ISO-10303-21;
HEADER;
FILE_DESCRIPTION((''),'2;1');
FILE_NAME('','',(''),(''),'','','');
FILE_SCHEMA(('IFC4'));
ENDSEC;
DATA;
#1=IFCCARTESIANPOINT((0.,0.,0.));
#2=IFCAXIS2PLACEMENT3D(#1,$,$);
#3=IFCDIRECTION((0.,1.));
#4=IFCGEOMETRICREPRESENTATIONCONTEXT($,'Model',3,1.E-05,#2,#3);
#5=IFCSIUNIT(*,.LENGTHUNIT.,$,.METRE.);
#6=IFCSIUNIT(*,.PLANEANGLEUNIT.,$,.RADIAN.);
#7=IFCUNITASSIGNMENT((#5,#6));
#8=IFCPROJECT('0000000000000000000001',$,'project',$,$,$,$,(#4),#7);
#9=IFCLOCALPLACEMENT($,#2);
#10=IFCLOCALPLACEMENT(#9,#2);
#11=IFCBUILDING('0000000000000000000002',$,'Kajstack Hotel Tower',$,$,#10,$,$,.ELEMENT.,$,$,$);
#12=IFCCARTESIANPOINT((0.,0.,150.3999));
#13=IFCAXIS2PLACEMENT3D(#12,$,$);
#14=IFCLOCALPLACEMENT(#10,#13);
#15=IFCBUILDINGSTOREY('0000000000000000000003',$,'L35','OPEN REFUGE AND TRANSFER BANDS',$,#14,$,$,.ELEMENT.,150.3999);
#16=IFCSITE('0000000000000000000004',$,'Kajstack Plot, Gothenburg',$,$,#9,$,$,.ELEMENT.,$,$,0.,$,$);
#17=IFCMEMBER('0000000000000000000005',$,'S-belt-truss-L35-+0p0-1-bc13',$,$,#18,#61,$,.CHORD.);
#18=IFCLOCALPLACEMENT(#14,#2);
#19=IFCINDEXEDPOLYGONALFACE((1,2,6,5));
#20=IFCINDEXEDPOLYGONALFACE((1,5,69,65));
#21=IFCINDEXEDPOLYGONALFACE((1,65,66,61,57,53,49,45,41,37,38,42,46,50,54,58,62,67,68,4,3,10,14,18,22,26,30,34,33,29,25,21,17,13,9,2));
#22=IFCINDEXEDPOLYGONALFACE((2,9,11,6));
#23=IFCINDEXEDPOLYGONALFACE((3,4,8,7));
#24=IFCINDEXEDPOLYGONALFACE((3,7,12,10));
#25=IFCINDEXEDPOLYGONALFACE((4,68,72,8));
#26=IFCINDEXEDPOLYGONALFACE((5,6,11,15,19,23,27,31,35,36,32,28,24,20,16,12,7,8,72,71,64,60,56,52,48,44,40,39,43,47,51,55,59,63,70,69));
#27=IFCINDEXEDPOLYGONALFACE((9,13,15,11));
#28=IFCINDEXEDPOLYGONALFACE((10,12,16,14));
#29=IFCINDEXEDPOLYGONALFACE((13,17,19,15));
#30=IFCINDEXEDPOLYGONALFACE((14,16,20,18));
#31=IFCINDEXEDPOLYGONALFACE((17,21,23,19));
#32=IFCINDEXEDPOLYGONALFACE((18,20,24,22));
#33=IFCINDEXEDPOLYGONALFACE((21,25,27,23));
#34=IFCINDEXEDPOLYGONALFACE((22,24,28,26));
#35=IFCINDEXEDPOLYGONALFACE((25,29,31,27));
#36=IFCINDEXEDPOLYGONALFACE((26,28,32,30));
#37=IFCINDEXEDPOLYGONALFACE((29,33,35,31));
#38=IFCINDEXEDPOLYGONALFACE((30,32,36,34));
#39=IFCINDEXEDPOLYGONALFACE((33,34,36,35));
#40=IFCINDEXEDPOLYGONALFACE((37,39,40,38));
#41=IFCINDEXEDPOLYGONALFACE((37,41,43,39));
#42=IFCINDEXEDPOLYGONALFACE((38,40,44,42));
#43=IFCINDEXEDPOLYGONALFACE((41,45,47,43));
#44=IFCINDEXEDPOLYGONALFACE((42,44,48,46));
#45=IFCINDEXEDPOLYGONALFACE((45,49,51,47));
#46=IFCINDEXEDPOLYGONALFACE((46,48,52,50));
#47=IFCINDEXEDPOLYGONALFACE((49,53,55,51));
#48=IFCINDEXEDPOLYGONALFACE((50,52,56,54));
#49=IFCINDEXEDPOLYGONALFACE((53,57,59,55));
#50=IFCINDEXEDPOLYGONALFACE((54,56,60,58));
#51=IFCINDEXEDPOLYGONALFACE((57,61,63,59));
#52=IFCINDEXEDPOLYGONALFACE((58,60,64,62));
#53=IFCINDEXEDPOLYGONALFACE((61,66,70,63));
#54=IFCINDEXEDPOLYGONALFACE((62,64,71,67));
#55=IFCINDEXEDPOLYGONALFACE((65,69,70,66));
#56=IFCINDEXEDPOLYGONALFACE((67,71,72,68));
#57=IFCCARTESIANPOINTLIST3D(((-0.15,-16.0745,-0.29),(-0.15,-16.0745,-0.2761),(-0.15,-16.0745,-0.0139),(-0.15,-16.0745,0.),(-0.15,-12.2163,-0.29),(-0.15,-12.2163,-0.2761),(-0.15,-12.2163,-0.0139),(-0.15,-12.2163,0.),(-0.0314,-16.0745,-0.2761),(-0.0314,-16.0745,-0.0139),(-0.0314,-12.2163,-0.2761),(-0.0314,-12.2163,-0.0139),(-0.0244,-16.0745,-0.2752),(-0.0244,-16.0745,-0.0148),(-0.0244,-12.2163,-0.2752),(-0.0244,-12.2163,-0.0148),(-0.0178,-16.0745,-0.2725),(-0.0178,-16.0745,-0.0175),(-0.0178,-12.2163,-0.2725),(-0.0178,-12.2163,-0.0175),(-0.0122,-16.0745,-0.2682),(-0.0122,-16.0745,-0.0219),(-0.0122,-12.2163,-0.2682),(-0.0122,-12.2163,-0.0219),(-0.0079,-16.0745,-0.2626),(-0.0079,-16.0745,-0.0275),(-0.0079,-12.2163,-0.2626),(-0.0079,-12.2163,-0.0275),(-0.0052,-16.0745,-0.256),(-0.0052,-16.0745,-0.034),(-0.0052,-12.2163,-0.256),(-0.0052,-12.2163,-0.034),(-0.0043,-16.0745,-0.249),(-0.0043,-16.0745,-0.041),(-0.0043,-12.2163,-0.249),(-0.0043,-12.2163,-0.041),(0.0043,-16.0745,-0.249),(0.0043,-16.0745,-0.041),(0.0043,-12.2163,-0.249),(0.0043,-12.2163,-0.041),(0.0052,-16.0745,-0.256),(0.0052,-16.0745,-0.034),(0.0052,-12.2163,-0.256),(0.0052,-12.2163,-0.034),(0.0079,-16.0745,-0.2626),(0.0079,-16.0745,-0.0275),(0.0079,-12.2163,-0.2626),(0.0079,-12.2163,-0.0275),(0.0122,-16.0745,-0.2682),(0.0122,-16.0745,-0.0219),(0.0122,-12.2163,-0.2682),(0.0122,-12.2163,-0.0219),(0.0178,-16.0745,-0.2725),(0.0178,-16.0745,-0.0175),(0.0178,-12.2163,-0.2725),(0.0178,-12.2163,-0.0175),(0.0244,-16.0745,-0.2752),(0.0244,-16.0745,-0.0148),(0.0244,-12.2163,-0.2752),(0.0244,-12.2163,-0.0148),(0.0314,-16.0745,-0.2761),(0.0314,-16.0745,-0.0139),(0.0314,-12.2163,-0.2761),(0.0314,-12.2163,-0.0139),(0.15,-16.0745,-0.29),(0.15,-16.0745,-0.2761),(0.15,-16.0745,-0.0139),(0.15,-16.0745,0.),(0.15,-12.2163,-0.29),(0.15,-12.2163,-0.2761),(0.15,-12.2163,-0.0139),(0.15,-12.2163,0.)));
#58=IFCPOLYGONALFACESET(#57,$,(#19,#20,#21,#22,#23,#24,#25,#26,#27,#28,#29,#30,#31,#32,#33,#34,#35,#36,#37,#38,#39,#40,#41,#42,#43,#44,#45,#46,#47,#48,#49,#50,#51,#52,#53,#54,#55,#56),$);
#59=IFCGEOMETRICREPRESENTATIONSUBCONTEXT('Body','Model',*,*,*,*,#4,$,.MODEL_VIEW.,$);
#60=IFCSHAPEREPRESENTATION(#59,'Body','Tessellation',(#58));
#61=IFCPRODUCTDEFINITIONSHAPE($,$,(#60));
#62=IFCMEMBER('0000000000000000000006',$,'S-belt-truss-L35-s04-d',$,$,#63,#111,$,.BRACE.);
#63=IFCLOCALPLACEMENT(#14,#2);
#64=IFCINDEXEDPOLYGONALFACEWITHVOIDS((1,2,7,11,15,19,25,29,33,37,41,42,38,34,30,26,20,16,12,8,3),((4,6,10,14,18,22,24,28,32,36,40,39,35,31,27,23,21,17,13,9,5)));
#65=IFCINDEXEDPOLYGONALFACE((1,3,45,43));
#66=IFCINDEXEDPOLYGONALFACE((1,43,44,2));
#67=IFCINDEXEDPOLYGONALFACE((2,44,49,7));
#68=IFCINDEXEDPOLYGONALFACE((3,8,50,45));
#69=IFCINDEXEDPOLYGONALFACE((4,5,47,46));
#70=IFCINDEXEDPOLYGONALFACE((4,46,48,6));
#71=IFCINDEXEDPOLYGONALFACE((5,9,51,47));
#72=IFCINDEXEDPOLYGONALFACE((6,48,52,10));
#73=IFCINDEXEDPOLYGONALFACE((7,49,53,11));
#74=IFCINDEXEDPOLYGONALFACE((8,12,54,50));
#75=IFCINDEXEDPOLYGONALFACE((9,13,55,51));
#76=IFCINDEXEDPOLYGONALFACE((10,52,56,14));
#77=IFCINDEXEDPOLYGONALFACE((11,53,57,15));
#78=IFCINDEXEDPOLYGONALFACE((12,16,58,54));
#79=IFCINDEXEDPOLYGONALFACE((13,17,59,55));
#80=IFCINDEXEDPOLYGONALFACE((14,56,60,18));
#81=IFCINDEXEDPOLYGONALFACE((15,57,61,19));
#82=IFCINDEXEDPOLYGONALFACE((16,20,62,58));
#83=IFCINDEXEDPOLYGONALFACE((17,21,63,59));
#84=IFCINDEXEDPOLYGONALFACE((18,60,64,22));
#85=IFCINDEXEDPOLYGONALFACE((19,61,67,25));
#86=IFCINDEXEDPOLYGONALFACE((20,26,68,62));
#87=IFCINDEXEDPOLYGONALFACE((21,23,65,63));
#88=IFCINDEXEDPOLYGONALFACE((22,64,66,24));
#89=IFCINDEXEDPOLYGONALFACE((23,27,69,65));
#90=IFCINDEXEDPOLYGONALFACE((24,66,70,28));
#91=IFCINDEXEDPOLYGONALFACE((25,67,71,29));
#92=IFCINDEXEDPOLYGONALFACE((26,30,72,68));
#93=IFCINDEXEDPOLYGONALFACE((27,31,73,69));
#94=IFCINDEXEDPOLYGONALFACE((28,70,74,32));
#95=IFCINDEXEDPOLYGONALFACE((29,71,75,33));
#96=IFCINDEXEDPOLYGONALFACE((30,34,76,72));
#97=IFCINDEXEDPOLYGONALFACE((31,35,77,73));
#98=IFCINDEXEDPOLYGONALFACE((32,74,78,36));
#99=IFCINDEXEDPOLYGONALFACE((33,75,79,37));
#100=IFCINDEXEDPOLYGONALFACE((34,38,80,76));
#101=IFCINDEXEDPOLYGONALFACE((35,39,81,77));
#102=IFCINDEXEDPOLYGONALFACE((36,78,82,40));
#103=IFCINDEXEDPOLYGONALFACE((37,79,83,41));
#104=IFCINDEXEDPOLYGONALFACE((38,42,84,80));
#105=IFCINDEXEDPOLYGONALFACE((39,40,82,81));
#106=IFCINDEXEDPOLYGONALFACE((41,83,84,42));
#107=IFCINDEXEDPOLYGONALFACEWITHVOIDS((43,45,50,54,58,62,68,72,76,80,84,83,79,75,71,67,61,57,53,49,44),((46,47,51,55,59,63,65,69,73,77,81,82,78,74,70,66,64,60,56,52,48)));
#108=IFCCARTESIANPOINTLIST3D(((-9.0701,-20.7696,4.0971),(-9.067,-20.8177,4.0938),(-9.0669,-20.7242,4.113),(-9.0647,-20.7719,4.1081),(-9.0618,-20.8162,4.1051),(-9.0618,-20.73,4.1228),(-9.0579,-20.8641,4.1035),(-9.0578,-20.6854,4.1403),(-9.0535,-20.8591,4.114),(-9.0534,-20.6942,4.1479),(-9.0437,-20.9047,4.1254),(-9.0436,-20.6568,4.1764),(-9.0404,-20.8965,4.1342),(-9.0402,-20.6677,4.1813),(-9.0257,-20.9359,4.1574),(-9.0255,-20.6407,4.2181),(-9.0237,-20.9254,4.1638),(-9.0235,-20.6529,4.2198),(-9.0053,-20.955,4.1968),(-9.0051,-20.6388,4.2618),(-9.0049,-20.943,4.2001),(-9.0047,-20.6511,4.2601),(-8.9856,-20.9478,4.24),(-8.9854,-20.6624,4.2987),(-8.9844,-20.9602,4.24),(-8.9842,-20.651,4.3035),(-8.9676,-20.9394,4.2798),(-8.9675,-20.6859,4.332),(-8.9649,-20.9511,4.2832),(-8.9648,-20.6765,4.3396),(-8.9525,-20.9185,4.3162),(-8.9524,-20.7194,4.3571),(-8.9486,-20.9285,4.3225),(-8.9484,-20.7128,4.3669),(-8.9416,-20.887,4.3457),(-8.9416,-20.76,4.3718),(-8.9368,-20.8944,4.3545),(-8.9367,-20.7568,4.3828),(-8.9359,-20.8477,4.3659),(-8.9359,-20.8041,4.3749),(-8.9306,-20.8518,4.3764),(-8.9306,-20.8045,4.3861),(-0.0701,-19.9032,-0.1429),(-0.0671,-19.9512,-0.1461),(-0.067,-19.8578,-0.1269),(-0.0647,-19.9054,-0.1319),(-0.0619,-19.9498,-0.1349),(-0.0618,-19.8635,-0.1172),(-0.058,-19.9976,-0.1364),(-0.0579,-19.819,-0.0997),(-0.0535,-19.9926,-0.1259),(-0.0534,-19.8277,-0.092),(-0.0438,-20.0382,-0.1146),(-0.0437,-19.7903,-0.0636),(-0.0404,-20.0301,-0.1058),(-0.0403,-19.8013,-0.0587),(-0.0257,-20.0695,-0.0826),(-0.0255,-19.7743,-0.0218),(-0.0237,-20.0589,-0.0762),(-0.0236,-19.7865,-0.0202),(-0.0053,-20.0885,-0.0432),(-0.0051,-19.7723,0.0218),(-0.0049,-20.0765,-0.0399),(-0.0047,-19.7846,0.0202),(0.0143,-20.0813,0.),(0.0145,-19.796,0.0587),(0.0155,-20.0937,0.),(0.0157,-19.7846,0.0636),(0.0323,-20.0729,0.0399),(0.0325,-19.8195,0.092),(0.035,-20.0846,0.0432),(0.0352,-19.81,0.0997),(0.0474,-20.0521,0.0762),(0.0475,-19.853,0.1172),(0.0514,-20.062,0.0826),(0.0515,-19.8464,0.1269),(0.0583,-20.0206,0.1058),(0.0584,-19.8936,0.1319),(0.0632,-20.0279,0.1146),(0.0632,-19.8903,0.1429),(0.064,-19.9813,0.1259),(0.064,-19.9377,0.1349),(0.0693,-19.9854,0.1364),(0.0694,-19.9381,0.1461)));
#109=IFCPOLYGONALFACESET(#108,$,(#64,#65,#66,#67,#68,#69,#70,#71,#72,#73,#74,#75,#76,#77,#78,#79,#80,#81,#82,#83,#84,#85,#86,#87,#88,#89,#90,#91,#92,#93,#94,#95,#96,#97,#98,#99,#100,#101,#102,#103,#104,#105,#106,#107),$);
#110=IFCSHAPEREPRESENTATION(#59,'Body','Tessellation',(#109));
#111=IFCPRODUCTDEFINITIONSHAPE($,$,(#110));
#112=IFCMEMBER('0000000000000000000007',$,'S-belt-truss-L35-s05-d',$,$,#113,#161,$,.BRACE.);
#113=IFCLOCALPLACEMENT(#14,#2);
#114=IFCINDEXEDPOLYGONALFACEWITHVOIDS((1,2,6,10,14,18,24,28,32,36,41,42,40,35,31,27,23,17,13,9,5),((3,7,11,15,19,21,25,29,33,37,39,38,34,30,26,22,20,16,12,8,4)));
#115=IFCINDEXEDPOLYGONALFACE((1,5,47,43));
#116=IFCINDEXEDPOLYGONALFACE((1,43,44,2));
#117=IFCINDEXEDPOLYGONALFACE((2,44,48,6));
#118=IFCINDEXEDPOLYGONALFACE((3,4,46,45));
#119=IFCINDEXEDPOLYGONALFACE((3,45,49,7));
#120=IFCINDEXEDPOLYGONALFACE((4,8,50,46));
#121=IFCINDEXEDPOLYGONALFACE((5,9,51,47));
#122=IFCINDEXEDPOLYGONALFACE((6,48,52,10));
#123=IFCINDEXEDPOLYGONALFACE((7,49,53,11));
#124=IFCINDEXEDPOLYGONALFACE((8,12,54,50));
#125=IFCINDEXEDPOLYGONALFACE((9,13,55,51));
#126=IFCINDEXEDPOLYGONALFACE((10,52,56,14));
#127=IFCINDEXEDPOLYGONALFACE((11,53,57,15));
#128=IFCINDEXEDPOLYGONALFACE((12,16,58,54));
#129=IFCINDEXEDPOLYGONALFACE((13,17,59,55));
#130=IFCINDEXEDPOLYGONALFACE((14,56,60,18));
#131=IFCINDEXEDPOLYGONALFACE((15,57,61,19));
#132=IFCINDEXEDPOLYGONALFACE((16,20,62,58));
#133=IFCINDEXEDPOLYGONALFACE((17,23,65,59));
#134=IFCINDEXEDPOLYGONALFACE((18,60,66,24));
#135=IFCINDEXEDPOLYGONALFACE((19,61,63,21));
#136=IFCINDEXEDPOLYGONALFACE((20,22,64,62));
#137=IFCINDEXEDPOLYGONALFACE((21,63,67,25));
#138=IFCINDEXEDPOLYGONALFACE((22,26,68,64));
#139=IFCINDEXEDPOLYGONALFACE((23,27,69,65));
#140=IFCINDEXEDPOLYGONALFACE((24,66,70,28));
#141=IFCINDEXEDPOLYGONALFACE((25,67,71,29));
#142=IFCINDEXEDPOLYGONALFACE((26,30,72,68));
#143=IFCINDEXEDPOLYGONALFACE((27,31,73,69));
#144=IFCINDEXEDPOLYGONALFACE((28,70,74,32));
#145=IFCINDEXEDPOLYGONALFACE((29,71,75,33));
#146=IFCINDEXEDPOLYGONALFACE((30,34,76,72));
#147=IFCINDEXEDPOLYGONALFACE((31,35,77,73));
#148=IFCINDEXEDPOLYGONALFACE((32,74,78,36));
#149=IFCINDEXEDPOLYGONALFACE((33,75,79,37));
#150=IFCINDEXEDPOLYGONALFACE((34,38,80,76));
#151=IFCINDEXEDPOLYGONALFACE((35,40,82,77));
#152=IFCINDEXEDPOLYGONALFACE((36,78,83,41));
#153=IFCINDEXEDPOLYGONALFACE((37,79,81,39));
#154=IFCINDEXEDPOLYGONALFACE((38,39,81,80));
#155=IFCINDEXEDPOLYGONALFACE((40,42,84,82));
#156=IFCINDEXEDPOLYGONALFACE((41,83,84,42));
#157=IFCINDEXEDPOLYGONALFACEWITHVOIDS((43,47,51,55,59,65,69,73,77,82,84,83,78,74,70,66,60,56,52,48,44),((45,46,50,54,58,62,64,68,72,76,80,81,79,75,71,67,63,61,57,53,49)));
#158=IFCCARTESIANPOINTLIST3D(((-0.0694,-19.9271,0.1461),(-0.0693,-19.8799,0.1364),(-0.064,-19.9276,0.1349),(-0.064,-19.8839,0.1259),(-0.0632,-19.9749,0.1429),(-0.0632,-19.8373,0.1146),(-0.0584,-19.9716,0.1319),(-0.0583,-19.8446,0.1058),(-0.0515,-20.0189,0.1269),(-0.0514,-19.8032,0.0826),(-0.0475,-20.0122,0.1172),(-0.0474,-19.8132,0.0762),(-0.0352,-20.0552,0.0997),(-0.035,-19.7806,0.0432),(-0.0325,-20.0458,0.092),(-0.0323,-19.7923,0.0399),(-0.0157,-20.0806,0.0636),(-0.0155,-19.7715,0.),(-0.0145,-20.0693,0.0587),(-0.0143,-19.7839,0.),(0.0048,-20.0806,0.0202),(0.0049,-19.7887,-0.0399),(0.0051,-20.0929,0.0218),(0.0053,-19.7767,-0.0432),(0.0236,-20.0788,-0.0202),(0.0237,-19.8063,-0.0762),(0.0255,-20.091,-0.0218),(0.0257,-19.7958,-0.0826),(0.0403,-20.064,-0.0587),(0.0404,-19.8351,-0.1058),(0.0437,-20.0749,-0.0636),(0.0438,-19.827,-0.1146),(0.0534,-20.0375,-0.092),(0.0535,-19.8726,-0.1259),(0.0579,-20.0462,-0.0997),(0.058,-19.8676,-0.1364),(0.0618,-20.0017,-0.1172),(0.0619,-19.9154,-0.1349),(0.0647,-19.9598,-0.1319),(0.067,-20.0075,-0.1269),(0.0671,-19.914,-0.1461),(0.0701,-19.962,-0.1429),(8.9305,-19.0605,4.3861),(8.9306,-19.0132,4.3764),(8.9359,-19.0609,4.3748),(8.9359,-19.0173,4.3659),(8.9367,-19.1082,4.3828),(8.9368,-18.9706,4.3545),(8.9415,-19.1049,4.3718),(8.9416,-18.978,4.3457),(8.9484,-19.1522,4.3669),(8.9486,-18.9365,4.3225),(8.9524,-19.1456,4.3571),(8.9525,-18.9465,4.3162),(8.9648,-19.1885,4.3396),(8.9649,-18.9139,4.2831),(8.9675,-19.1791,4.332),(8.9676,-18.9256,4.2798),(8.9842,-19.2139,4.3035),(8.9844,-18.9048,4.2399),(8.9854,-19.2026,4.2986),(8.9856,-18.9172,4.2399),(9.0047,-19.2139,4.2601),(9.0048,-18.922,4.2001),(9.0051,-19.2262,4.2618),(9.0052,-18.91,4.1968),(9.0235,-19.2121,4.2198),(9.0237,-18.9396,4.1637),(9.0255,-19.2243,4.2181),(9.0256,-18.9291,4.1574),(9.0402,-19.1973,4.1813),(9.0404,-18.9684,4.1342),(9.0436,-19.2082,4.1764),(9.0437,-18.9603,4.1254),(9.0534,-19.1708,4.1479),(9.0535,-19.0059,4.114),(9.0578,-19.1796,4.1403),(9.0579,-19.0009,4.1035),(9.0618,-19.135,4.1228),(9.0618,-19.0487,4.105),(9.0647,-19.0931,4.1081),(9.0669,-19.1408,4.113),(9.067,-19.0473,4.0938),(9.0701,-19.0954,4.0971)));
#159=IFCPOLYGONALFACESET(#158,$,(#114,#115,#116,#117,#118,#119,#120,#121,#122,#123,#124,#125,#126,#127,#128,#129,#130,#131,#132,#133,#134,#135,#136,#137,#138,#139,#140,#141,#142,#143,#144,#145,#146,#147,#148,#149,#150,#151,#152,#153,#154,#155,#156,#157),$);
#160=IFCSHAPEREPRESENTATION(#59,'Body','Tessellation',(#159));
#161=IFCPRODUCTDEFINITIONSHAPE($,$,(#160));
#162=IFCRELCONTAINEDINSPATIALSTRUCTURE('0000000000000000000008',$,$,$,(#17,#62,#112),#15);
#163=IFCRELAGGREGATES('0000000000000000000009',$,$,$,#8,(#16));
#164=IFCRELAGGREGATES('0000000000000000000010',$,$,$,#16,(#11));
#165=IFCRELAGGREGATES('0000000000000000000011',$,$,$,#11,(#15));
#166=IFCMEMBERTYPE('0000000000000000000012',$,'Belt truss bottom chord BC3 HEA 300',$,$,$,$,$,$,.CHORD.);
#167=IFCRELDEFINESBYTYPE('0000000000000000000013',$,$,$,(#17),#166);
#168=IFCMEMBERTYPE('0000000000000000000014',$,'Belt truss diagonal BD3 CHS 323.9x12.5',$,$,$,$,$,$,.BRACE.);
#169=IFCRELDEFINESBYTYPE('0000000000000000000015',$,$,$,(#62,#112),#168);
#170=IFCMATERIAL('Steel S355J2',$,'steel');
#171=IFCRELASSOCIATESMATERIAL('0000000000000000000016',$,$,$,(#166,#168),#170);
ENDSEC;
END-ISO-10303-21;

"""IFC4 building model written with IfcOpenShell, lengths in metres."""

from ifc_helpers import new_model, si_unit, direction, frame, origin, origin_2d, place, context, subcontext, project, spatial, hollow_circle, i_section, extrude, material, material_profile, profile_set, type_object, element, save


model = new_model("IFC4")

# Units and contexts
model_context = context("Model", 3, precision=1e-05, world=origin(), true_north=direction((0.0, 1.0)))
body_context = subcontext(model_context, "Body", "Model", "MODEL_VIEW")
ifc_project = project(units=[si_unit("LENGTHUNIT", "METRE"), si_unit("PLANEANGLEUNIT", "RADIAN")], contexts=[model_context])

# Site, building, storey
site_placement = place(None, origin())
site = spatial("IfcSite", under=ifc_project, at=site_placement, Name="Kajstack Plot, Gothenburg", CompositionType="ELEMENT", RefElevation=0.0)
building_placement = place(site_placement, origin())
building = spatial("IfcBuilding", under=site, at=building_placement, Name="Kajstack Hotel Tower", CompositionType="ELEMENT")
storey_placement = place(building_placement, frame((0.0, 0.0, 150.3999)))
storey = spatial("IfcBuildingStorey", under=building, at=storey_placement, Name="L35", Description="OPEN REFUGE AND TRANSFER BANDS", CompositionType="ELEMENT", Elevation=150.3999)

# Members
ifc_material = material(Name="Steel S355J2", Category="steel")
ifc_material_profile_1 = material_profile(ifc_material, i_section(OverallWidth=0.3, OverallDepth=0.29, WebThickness=0.0085, FlangeThickness=0.0139, FilletRadius=0.0271, at=origin_2d()), Name="HEA 300")
ifc_profile_set_1 = profile_set([ifc_material_profile_1], Name="Steel S355J2")
member_type_1 = type_object("IfcMemberType", Name="Belt truss bottom chord BC3 HEA 300", PredefinedType="CHORD", material=ifc_profile_set_1)
for number, where, z_axis, x_axis, name in (
    (1, (0.0, -16.0745, -0.145), (0.0, 1.0, 0.0), (-1.0, 0.0, 0.0), "S-belt-truss-L35-+0p0-1-bc13"),
):
    element("IfcMember", number, at=place(storey_placement, frame(where, z_axis=z_axis, x_axis=x_axis)), inside=storey, type_object=member_type_1, Name=name, PredefinedType="CHORD", context=body_context, shape_type="SweptSolid", body=[
        extrude(i_section(OverallWidth=0.3, OverallDepth=0.29, WebThickness=0.0085, FlangeThickness=0.0139, FilletRadius=0.0271, at=origin_2d()), origin(), (0.0, 0.0, 1.0), 3.8582),
    ])
ifc_material_profile_2 = material_profile(ifc_material, hollow_circle(Radius=0.1619, WallThickness=0.0125, at=origin_2d()), Name="CHS 323.9x12.5")
ifc_profile_set_2 = profile_set([ifc_material_profile_2], Name="Steel S355J2")
member_type_2 = type_object("IfcMemberType", Name="Belt truss diagonal BD3 CHS 323.9x12.5", PredefinedType="BRACE", material=ifc_profile_set_2)
for number, where, z_axis, x_axis, name in (
    (2, (0.0, -19.9326, 0.0), (-0.901225, -0.086763, 0.424576), (0.09583, -0.995398, 0.0), "S-belt-truss-L35-s04-d"),
    (3, (0.0, -19.9326, 0.0), (0.901223, 0.086788, 0.424575), (-0.095856, 0.995395, 0.0), "S-belt-truss-L35-s05-d"),
):
    element("IfcMember", number, at=place(storey_placement, frame(where, z_axis=z_axis, x_axis=x_axis)), inside=storey, type_object=member_type_2, Name=name, PredefinedType="BRACE", context=body_context, shape_type="SweptSolid", body=[
        extrude(hollow_circle(Radius=0.1619, WallThickness=0.0125, at=origin_2d()), origin(), (0.0, 0.0, 1.0), 9.9863),
    ])

save(model, "model.ifc")
